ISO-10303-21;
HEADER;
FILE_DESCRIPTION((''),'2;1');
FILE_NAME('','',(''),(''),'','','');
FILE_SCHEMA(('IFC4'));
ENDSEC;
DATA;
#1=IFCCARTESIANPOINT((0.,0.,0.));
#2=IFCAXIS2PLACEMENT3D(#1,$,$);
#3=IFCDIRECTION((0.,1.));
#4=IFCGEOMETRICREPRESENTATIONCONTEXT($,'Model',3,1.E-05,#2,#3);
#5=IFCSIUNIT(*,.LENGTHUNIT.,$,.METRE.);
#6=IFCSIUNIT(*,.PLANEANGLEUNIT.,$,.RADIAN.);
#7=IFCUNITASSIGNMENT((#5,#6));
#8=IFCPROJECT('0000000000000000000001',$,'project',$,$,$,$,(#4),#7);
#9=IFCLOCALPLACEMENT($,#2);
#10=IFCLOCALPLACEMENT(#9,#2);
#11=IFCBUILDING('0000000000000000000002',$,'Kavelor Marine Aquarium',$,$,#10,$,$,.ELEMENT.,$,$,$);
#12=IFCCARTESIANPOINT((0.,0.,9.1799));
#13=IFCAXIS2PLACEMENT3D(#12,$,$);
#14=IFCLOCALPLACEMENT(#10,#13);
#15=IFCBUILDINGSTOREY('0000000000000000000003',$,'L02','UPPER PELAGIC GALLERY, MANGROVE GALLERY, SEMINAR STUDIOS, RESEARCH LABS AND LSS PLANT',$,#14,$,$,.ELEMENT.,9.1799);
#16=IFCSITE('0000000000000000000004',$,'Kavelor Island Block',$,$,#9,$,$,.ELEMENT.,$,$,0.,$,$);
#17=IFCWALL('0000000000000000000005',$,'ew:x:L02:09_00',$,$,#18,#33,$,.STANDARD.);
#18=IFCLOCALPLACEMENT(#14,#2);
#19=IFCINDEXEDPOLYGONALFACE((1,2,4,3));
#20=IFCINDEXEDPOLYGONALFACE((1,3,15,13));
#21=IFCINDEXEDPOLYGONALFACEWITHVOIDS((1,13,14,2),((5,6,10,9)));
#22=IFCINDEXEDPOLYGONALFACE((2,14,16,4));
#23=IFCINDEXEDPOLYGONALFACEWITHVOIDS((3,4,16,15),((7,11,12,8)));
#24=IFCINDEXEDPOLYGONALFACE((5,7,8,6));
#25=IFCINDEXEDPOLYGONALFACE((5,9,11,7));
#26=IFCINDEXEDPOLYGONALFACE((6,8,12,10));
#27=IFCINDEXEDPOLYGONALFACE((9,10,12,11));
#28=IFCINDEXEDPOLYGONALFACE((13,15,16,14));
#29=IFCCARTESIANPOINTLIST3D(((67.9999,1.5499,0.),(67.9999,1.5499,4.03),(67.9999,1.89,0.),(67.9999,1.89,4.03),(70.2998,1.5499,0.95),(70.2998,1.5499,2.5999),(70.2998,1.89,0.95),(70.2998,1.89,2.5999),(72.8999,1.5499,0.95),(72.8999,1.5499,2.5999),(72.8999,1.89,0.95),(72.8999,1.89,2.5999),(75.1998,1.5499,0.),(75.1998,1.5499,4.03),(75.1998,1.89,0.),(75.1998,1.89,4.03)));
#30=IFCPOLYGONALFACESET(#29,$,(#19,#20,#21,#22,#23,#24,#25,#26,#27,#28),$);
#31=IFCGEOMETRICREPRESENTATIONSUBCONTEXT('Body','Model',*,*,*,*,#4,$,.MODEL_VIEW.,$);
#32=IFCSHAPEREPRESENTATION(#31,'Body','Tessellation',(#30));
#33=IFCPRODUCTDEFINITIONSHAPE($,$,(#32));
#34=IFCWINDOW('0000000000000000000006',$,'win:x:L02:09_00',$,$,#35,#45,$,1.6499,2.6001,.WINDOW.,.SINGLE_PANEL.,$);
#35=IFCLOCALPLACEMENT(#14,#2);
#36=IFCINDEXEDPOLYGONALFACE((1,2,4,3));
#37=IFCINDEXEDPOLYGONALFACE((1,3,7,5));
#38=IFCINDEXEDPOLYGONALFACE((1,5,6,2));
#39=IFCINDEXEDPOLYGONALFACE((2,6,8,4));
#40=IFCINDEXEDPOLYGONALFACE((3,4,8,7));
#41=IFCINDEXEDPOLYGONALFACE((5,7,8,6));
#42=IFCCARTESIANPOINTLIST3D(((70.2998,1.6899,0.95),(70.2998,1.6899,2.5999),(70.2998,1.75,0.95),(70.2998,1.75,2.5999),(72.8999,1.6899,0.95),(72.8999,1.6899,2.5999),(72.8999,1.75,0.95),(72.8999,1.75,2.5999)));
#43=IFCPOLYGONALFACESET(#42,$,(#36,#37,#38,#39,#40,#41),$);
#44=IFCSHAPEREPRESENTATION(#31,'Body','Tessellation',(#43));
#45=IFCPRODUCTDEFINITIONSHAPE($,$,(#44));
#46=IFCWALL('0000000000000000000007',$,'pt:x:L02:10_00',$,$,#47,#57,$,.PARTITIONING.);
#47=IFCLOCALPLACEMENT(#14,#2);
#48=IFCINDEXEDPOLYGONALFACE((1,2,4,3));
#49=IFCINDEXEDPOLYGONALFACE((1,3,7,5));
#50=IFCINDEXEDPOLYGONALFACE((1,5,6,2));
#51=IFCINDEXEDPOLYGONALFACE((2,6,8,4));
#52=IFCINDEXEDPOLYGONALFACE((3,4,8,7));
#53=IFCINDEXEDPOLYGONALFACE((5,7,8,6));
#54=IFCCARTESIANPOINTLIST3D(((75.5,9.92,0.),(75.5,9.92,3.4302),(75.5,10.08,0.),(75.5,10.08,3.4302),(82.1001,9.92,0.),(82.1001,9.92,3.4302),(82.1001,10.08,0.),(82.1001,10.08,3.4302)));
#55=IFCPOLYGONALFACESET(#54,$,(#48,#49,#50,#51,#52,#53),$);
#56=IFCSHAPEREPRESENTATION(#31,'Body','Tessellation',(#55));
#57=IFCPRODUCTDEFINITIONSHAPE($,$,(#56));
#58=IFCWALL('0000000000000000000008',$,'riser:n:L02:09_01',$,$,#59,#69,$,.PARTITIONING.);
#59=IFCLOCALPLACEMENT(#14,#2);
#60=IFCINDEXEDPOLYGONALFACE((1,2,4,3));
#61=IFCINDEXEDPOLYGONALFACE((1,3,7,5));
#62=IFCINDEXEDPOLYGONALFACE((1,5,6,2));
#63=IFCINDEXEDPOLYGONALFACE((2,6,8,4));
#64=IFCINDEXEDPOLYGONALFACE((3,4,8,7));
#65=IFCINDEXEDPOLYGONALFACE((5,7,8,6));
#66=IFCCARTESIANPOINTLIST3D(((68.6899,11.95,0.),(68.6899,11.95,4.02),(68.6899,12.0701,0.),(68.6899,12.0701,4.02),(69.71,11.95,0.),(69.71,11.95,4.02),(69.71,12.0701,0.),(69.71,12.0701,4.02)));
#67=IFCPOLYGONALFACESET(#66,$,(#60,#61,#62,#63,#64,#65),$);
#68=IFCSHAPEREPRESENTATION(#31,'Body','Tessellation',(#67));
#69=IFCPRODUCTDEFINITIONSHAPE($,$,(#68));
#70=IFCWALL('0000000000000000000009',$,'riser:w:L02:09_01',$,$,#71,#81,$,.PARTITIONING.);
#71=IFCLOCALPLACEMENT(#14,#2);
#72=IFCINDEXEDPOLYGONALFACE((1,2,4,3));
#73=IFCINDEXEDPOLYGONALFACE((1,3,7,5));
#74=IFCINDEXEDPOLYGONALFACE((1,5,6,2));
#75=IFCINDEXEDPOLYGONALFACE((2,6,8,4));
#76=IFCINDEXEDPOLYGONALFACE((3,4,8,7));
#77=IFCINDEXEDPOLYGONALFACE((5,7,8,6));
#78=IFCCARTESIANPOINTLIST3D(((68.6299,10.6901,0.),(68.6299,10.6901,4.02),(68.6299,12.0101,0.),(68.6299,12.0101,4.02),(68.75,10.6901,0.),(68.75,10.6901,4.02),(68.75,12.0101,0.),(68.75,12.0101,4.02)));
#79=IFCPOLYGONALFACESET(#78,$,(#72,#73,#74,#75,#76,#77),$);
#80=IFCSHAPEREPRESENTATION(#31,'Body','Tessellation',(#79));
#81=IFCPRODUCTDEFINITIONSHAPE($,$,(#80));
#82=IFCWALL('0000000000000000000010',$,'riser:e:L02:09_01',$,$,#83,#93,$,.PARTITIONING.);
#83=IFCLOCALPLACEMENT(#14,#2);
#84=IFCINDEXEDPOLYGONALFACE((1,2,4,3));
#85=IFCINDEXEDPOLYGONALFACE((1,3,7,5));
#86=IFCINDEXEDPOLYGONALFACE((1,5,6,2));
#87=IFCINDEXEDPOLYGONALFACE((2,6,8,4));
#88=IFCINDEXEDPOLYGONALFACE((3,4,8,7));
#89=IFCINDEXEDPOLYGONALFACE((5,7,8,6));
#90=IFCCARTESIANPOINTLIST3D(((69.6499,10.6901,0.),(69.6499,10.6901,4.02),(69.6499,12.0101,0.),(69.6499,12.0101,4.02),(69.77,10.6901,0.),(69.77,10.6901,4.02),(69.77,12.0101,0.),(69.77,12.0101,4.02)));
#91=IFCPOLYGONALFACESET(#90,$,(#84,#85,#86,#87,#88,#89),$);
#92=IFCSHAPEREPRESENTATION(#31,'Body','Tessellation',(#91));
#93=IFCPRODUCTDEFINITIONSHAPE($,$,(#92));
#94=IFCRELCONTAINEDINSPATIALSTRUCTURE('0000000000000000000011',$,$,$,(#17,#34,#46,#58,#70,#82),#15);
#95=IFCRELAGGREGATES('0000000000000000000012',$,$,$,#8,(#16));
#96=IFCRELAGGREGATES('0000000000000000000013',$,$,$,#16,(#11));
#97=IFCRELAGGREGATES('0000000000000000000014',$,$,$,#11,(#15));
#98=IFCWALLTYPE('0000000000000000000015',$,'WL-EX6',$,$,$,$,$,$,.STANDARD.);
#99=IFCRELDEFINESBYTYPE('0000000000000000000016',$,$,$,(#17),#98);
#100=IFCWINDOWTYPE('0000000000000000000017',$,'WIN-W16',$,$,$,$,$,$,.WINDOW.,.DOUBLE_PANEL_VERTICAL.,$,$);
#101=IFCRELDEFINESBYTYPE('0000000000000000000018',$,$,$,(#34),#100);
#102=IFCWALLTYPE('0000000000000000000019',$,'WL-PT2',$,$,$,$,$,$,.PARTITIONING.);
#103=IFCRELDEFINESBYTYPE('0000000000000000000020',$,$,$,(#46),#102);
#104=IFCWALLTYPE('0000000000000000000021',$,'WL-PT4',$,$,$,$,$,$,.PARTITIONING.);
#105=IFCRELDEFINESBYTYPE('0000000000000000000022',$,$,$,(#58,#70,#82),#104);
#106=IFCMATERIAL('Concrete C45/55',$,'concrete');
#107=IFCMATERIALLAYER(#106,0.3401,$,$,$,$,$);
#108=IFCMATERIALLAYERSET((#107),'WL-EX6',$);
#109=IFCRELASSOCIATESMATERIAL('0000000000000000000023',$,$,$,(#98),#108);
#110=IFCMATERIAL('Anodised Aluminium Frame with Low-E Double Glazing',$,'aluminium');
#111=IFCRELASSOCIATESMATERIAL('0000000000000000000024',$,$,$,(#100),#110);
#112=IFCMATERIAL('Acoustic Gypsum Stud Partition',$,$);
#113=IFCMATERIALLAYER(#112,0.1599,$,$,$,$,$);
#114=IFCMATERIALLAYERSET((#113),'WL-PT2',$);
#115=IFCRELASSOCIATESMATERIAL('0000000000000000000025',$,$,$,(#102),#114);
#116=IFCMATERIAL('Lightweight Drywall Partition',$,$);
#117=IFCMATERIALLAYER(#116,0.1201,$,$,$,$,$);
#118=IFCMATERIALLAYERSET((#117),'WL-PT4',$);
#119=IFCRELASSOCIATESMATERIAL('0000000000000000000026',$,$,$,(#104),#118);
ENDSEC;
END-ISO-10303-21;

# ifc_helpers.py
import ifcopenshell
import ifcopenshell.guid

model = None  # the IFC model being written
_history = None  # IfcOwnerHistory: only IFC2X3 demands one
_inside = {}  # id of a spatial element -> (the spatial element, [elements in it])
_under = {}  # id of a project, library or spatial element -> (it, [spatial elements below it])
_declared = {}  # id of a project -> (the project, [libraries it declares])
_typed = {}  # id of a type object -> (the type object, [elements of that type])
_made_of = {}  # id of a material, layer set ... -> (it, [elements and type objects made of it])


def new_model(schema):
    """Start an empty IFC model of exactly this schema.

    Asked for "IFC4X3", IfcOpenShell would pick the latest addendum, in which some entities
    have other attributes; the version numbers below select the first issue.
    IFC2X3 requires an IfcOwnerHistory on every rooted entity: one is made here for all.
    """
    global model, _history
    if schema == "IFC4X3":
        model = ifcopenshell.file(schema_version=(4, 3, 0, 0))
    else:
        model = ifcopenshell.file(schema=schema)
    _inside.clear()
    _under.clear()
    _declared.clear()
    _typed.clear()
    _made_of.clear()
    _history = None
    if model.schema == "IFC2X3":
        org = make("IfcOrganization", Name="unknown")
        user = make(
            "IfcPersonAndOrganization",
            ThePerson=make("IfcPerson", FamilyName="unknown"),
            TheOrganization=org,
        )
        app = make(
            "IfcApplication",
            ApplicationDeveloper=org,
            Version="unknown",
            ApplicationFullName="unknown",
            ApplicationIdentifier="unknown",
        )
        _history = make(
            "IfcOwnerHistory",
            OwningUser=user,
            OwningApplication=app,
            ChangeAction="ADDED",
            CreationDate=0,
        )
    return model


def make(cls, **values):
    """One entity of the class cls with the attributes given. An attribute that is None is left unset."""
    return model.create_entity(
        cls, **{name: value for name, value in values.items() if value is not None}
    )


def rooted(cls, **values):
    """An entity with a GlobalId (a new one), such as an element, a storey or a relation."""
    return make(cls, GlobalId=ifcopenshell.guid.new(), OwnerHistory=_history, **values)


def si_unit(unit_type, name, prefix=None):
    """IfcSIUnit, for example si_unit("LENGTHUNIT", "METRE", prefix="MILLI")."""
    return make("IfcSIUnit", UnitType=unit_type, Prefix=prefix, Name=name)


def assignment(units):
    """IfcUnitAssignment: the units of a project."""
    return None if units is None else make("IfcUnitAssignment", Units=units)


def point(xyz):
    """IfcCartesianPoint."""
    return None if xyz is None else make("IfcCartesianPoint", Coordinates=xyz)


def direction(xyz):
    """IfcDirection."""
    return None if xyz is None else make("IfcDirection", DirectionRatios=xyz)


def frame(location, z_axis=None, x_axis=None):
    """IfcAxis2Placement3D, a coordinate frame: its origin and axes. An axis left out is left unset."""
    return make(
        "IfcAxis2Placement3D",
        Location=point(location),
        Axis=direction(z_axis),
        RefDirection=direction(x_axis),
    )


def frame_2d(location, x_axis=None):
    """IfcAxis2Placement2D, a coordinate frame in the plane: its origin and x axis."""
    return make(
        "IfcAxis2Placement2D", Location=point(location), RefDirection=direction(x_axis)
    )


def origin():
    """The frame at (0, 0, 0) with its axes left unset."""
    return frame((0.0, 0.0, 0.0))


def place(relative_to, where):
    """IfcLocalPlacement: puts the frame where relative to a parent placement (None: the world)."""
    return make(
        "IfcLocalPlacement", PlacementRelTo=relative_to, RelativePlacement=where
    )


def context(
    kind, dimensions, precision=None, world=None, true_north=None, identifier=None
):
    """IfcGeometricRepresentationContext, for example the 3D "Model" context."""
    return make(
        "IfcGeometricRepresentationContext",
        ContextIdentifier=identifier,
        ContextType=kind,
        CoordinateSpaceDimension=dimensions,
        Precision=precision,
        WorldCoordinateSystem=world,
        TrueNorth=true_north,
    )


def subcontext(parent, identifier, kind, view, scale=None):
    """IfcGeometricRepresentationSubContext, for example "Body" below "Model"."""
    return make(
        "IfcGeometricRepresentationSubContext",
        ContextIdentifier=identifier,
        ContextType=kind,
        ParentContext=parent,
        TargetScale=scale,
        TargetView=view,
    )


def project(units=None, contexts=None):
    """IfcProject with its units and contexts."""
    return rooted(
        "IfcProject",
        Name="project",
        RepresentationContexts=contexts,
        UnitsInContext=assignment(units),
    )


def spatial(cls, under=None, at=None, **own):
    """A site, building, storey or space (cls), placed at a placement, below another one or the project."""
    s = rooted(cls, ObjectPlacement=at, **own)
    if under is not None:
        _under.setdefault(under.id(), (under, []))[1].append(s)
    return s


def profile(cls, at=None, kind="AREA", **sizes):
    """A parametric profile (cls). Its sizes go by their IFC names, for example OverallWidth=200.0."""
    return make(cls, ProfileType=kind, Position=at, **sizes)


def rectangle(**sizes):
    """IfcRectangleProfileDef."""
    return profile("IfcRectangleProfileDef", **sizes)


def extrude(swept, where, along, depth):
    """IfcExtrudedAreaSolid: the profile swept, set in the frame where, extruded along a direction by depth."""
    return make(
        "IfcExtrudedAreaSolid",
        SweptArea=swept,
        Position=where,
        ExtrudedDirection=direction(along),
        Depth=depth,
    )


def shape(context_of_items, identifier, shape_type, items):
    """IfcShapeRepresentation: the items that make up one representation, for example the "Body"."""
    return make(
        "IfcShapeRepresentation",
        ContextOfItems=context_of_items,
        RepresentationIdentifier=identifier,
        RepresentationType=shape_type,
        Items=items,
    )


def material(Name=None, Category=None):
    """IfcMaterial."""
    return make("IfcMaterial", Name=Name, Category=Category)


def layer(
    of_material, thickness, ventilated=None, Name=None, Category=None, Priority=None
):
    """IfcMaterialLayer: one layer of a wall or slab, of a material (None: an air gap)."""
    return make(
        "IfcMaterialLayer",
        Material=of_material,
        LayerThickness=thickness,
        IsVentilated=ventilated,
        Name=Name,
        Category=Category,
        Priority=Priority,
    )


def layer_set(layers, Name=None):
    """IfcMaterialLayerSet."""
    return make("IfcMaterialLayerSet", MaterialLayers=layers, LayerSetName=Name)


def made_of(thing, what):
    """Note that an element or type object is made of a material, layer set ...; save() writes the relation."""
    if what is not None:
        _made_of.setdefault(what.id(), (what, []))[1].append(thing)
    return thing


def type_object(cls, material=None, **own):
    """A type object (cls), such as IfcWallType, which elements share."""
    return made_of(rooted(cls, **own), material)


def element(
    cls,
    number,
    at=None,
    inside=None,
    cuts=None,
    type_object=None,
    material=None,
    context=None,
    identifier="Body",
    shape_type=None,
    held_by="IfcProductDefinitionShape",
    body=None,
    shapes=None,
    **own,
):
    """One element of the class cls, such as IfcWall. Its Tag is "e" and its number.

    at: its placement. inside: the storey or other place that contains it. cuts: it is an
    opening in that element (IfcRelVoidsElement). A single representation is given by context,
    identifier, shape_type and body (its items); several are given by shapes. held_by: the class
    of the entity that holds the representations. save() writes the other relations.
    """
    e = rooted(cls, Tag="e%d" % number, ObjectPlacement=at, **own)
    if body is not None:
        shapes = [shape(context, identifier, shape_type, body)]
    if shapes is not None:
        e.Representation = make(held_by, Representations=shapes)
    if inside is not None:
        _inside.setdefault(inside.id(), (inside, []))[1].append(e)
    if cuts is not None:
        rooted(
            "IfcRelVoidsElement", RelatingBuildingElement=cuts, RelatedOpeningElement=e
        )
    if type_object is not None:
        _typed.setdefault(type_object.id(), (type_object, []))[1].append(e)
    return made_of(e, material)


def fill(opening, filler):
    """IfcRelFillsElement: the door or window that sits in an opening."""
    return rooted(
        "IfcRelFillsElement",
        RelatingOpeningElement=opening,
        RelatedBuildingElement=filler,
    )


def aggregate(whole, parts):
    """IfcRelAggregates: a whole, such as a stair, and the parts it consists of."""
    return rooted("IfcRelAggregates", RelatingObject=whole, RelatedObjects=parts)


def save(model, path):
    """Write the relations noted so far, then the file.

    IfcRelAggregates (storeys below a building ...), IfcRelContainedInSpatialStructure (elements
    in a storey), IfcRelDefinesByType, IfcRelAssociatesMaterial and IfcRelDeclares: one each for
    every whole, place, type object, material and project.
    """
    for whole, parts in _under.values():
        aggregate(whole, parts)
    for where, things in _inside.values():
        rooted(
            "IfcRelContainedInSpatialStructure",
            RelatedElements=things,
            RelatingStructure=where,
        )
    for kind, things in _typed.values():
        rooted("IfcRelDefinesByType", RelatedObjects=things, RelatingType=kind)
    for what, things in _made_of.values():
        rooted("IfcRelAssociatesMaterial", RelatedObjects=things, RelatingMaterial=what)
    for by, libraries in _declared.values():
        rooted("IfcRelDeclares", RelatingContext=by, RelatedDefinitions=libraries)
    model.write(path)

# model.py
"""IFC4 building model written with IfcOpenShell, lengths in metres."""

from ifc_helpers import new_model, si_unit, direction, frame, frame_2d, origin, place, context, subcontext, project, spatial, rectangle, extrude, material, layer, layer_set, type_object, element, fill, save


model = new_model("IFC4")

# Units and contexts
model_context = context("Model", 3, precision=1e-05, world=origin(), true_north=direction((0.0, 1.0)))
body_context = subcontext(model_context, "Body", "Model", "MODEL_VIEW")
ifc_project = project(units=[si_unit("LENGTHUNIT", "METRE"), si_unit("PLANEANGLEUNIT", "RADIAN")], contexts=[model_context])

# Site, building, storey
site_placement = place(None, origin())
site = spatial("IfcSite", under=ifc_project, at=site_placement, Name="Kavelor Island Block", CompositionType="ELEMENT", RefElevation=0.0)
building_placement = place(site_placement, origin())
building = spatial("IfcBuilding", under=site, at=building_placement, Name="Kavelor Marine Aquarium", CompositionType="ELEMENT")
storey_placement = place(building_placement, frame((0.0, 0.0, 9.1799)))
storey = spatial("IfcBuildingStorey", under=building, at=storey_placement, Name="L02", Description="UPPER PELAGIC GALLERY, MANGROVE GALLERY, SEMINAR STUDIOS, RESEARCH LABS AND LSS PLANT", CompositionType="ELEMENT", Elevation=9.1799)

# Wall, opening, window
ifc_material_1 = material(Name="Concrete C45/55", Category="concrete")
ifc_layer_1 = layer(ifc_material_1, 0.3401)
ifc_layer_set_1 = layer_set([ifc_layer_1], Name="WL-EX6")
wall_type_1 = type_object("IfcWallType", Name="WL-EX6", PredefinedType="STANDARD", material=ifc_layer_set_1)
wall_1_placement = place(storey_placement, frame((75.2, 1.72, 0.0), z_axis=(0.0, 0.0, 1.0), x_axis=(-1.0, 0.0, 0.0)))
wall_1 = element("IfcWall", 1, at=wall_1_placement, inside=storey, type_object=wall_type_1, Name="ew:x:L02:09_00", PredefinedType="STANDARD", context=body_context, shape_type="SweptSolid", body=[
    extrude(rectangle(XDim=7.2, YDim=0.3401, at=frame_2d((3.6001, 0.0))), origin(), (0.0, 0.0, 1.0), 4.03),
])
opening_1_placement = place(wall_1_placement, frame((2.3, 0.0, 0.95)))
opening_1 = element("IfcOpeningElement", 2, at=opening_1_placement, cuts=wall_1, PredefinedType="OPENING", context=body_context, shape_type="SweptSolid", body=[
    extrude(rectangle(XDim=2.6001, YDim=1.6499, at=frame_2d((1.3, 0.825))), frame((0.0, 0.1799, 0.0), z_axis=(0.0, -1.0, 0.0), x_axis=(1.0, 0.0, 0.0)), (0.0, 0.0, 1.0), 0.3601),
])
ifc_material_2 = material(Name="Anodised Aluminium Frame with Low-E Double Glazing", Category="aluminium")
window_type_1 = type_object("IfcWindowType", Name="WIN-W16", PartitioningType="DOUBLE_PANEL_VERTICAL", PredefinedType="WINDOW", material=ifc_material_2)
window_1_placement = place(opening_1_placement, origin())
window_1 = element("IfcWindow", 3, at=window_1_placement, inside=storey, type_object=window_type_1, Name="win:x:L02:09_00", OverallHeight=1.6499, OverallWidth=2.6001, PartitioningType="SINGLE_PANEL", PredefinedType="WINDOW", context=body_context, shape_type="SweptSolid", body=[
    extrude(rectangle(XDim=2.6001, YDim=1.6499, at=frame_2d((1.3, 0.825))), frame((0.0, 0.03, 0.0), z_axis=(0.0, -1.0, 0.0), x_axis=(1.0, 0.0, 0.0)), (0.0, 0.0, 1.0), 0.0601),
])
fill(opening_1, window_1)

# Walls
ifc_material_3 = material(Name="Acoustic Gypsum Stud Partition")
ifc_layer_2 = layer(ifc_material_3, 0.1599)
ifc_layer_set_2 = layer_set([ifc_layer_2], Name="WL-PT2")
wall_type_2 = type_object("IfcWallType", Name="WL-PT2", PredefinedType="PARTITIONING", material=ifc_layer_set_2)
wall_2_placement = place(storey_placement, frame((75.5, 10.0, 0.0), z_axis=(0.0, 0.0, 1.0), x_axis=(1.0, 0.0, 0.0)))
element("IfcWall", 4, at=wall_2_placement, inside=storey, type_object=wall_type_2, Name="pt:x:L02:10_00", PredefinedType="PARTITIONING", context=body_context, shape_type="SweptSolid", body=[
    extrude(rectangle(XDim=6.6001, YDim=0.1599, at=frame_2d((3.3, 0.0))), origin(), (0.0, 0.0, 1.0), 3.4302),
])
ifc_material_4 = material(Name="Lightweight Drywall Partition")
ifc_layer_3 = layer(ifc_material_4, 0.1201)
ifc_layer_set_3 = layer_set([ifc_layer_3], Name="WL-PT4")
wall_type_3 = type_object("IfcWallType", Name="WL-PT4", PredefinedType="PARTITIONING", material=ifc_layer_set_3)
wall_3_placement = place(storey_placement, frame((68.6899, 12.01, 0.0), z_axis=(0.0, 0.0, 1.0), x_axis=(1.0, 0.0, 0.0)))
element("IfcWall", 5, at=wall_3_placement, inside=storey, type_object=wall_type_3, Name="riser:n:L02:09_01", PredefinedType="PARTITIONING", context=body_context, shape_type="SweptSolid", body=[
    extrude(rectangle(XDim=1.02, YDim=0.1201, at=frame_2d((0.51, 0.0))), origin(), (0.0, 0.0, 1.0), 4.02),
])
for number, where, z_axis, x_axis, name in (
    (6, (68.6899, 10.6899, 0.0), (0.0, 0.0, 1.0), (0.0, 1.0, 0.0), "riser:w:L02:09_01"),
    (7, (69.71, 10.6899, 0.0), (0.0, 0.0, 1.0), (0.0, 1.0, 0.0), "riser:e:L02:09_01"),
):
    element("IfcWall", number, at=place(storey_placement, frame(where, z_axis=z_axis, x_axis=x_axis)), inside=storey, type_object=wall_type_3, Name=name, PredefinedType="PARTITIONING", context=body_context, shape_type="SweptSolid", body=[
        extrude(rectangle(XDim=1.3201, YDim=0.1201, at=frame_2d((0.6602, 0.0))), origin(), (0.0, 0.0, 1.0), 4.02),
    ])

save(model, "model.ifc")
